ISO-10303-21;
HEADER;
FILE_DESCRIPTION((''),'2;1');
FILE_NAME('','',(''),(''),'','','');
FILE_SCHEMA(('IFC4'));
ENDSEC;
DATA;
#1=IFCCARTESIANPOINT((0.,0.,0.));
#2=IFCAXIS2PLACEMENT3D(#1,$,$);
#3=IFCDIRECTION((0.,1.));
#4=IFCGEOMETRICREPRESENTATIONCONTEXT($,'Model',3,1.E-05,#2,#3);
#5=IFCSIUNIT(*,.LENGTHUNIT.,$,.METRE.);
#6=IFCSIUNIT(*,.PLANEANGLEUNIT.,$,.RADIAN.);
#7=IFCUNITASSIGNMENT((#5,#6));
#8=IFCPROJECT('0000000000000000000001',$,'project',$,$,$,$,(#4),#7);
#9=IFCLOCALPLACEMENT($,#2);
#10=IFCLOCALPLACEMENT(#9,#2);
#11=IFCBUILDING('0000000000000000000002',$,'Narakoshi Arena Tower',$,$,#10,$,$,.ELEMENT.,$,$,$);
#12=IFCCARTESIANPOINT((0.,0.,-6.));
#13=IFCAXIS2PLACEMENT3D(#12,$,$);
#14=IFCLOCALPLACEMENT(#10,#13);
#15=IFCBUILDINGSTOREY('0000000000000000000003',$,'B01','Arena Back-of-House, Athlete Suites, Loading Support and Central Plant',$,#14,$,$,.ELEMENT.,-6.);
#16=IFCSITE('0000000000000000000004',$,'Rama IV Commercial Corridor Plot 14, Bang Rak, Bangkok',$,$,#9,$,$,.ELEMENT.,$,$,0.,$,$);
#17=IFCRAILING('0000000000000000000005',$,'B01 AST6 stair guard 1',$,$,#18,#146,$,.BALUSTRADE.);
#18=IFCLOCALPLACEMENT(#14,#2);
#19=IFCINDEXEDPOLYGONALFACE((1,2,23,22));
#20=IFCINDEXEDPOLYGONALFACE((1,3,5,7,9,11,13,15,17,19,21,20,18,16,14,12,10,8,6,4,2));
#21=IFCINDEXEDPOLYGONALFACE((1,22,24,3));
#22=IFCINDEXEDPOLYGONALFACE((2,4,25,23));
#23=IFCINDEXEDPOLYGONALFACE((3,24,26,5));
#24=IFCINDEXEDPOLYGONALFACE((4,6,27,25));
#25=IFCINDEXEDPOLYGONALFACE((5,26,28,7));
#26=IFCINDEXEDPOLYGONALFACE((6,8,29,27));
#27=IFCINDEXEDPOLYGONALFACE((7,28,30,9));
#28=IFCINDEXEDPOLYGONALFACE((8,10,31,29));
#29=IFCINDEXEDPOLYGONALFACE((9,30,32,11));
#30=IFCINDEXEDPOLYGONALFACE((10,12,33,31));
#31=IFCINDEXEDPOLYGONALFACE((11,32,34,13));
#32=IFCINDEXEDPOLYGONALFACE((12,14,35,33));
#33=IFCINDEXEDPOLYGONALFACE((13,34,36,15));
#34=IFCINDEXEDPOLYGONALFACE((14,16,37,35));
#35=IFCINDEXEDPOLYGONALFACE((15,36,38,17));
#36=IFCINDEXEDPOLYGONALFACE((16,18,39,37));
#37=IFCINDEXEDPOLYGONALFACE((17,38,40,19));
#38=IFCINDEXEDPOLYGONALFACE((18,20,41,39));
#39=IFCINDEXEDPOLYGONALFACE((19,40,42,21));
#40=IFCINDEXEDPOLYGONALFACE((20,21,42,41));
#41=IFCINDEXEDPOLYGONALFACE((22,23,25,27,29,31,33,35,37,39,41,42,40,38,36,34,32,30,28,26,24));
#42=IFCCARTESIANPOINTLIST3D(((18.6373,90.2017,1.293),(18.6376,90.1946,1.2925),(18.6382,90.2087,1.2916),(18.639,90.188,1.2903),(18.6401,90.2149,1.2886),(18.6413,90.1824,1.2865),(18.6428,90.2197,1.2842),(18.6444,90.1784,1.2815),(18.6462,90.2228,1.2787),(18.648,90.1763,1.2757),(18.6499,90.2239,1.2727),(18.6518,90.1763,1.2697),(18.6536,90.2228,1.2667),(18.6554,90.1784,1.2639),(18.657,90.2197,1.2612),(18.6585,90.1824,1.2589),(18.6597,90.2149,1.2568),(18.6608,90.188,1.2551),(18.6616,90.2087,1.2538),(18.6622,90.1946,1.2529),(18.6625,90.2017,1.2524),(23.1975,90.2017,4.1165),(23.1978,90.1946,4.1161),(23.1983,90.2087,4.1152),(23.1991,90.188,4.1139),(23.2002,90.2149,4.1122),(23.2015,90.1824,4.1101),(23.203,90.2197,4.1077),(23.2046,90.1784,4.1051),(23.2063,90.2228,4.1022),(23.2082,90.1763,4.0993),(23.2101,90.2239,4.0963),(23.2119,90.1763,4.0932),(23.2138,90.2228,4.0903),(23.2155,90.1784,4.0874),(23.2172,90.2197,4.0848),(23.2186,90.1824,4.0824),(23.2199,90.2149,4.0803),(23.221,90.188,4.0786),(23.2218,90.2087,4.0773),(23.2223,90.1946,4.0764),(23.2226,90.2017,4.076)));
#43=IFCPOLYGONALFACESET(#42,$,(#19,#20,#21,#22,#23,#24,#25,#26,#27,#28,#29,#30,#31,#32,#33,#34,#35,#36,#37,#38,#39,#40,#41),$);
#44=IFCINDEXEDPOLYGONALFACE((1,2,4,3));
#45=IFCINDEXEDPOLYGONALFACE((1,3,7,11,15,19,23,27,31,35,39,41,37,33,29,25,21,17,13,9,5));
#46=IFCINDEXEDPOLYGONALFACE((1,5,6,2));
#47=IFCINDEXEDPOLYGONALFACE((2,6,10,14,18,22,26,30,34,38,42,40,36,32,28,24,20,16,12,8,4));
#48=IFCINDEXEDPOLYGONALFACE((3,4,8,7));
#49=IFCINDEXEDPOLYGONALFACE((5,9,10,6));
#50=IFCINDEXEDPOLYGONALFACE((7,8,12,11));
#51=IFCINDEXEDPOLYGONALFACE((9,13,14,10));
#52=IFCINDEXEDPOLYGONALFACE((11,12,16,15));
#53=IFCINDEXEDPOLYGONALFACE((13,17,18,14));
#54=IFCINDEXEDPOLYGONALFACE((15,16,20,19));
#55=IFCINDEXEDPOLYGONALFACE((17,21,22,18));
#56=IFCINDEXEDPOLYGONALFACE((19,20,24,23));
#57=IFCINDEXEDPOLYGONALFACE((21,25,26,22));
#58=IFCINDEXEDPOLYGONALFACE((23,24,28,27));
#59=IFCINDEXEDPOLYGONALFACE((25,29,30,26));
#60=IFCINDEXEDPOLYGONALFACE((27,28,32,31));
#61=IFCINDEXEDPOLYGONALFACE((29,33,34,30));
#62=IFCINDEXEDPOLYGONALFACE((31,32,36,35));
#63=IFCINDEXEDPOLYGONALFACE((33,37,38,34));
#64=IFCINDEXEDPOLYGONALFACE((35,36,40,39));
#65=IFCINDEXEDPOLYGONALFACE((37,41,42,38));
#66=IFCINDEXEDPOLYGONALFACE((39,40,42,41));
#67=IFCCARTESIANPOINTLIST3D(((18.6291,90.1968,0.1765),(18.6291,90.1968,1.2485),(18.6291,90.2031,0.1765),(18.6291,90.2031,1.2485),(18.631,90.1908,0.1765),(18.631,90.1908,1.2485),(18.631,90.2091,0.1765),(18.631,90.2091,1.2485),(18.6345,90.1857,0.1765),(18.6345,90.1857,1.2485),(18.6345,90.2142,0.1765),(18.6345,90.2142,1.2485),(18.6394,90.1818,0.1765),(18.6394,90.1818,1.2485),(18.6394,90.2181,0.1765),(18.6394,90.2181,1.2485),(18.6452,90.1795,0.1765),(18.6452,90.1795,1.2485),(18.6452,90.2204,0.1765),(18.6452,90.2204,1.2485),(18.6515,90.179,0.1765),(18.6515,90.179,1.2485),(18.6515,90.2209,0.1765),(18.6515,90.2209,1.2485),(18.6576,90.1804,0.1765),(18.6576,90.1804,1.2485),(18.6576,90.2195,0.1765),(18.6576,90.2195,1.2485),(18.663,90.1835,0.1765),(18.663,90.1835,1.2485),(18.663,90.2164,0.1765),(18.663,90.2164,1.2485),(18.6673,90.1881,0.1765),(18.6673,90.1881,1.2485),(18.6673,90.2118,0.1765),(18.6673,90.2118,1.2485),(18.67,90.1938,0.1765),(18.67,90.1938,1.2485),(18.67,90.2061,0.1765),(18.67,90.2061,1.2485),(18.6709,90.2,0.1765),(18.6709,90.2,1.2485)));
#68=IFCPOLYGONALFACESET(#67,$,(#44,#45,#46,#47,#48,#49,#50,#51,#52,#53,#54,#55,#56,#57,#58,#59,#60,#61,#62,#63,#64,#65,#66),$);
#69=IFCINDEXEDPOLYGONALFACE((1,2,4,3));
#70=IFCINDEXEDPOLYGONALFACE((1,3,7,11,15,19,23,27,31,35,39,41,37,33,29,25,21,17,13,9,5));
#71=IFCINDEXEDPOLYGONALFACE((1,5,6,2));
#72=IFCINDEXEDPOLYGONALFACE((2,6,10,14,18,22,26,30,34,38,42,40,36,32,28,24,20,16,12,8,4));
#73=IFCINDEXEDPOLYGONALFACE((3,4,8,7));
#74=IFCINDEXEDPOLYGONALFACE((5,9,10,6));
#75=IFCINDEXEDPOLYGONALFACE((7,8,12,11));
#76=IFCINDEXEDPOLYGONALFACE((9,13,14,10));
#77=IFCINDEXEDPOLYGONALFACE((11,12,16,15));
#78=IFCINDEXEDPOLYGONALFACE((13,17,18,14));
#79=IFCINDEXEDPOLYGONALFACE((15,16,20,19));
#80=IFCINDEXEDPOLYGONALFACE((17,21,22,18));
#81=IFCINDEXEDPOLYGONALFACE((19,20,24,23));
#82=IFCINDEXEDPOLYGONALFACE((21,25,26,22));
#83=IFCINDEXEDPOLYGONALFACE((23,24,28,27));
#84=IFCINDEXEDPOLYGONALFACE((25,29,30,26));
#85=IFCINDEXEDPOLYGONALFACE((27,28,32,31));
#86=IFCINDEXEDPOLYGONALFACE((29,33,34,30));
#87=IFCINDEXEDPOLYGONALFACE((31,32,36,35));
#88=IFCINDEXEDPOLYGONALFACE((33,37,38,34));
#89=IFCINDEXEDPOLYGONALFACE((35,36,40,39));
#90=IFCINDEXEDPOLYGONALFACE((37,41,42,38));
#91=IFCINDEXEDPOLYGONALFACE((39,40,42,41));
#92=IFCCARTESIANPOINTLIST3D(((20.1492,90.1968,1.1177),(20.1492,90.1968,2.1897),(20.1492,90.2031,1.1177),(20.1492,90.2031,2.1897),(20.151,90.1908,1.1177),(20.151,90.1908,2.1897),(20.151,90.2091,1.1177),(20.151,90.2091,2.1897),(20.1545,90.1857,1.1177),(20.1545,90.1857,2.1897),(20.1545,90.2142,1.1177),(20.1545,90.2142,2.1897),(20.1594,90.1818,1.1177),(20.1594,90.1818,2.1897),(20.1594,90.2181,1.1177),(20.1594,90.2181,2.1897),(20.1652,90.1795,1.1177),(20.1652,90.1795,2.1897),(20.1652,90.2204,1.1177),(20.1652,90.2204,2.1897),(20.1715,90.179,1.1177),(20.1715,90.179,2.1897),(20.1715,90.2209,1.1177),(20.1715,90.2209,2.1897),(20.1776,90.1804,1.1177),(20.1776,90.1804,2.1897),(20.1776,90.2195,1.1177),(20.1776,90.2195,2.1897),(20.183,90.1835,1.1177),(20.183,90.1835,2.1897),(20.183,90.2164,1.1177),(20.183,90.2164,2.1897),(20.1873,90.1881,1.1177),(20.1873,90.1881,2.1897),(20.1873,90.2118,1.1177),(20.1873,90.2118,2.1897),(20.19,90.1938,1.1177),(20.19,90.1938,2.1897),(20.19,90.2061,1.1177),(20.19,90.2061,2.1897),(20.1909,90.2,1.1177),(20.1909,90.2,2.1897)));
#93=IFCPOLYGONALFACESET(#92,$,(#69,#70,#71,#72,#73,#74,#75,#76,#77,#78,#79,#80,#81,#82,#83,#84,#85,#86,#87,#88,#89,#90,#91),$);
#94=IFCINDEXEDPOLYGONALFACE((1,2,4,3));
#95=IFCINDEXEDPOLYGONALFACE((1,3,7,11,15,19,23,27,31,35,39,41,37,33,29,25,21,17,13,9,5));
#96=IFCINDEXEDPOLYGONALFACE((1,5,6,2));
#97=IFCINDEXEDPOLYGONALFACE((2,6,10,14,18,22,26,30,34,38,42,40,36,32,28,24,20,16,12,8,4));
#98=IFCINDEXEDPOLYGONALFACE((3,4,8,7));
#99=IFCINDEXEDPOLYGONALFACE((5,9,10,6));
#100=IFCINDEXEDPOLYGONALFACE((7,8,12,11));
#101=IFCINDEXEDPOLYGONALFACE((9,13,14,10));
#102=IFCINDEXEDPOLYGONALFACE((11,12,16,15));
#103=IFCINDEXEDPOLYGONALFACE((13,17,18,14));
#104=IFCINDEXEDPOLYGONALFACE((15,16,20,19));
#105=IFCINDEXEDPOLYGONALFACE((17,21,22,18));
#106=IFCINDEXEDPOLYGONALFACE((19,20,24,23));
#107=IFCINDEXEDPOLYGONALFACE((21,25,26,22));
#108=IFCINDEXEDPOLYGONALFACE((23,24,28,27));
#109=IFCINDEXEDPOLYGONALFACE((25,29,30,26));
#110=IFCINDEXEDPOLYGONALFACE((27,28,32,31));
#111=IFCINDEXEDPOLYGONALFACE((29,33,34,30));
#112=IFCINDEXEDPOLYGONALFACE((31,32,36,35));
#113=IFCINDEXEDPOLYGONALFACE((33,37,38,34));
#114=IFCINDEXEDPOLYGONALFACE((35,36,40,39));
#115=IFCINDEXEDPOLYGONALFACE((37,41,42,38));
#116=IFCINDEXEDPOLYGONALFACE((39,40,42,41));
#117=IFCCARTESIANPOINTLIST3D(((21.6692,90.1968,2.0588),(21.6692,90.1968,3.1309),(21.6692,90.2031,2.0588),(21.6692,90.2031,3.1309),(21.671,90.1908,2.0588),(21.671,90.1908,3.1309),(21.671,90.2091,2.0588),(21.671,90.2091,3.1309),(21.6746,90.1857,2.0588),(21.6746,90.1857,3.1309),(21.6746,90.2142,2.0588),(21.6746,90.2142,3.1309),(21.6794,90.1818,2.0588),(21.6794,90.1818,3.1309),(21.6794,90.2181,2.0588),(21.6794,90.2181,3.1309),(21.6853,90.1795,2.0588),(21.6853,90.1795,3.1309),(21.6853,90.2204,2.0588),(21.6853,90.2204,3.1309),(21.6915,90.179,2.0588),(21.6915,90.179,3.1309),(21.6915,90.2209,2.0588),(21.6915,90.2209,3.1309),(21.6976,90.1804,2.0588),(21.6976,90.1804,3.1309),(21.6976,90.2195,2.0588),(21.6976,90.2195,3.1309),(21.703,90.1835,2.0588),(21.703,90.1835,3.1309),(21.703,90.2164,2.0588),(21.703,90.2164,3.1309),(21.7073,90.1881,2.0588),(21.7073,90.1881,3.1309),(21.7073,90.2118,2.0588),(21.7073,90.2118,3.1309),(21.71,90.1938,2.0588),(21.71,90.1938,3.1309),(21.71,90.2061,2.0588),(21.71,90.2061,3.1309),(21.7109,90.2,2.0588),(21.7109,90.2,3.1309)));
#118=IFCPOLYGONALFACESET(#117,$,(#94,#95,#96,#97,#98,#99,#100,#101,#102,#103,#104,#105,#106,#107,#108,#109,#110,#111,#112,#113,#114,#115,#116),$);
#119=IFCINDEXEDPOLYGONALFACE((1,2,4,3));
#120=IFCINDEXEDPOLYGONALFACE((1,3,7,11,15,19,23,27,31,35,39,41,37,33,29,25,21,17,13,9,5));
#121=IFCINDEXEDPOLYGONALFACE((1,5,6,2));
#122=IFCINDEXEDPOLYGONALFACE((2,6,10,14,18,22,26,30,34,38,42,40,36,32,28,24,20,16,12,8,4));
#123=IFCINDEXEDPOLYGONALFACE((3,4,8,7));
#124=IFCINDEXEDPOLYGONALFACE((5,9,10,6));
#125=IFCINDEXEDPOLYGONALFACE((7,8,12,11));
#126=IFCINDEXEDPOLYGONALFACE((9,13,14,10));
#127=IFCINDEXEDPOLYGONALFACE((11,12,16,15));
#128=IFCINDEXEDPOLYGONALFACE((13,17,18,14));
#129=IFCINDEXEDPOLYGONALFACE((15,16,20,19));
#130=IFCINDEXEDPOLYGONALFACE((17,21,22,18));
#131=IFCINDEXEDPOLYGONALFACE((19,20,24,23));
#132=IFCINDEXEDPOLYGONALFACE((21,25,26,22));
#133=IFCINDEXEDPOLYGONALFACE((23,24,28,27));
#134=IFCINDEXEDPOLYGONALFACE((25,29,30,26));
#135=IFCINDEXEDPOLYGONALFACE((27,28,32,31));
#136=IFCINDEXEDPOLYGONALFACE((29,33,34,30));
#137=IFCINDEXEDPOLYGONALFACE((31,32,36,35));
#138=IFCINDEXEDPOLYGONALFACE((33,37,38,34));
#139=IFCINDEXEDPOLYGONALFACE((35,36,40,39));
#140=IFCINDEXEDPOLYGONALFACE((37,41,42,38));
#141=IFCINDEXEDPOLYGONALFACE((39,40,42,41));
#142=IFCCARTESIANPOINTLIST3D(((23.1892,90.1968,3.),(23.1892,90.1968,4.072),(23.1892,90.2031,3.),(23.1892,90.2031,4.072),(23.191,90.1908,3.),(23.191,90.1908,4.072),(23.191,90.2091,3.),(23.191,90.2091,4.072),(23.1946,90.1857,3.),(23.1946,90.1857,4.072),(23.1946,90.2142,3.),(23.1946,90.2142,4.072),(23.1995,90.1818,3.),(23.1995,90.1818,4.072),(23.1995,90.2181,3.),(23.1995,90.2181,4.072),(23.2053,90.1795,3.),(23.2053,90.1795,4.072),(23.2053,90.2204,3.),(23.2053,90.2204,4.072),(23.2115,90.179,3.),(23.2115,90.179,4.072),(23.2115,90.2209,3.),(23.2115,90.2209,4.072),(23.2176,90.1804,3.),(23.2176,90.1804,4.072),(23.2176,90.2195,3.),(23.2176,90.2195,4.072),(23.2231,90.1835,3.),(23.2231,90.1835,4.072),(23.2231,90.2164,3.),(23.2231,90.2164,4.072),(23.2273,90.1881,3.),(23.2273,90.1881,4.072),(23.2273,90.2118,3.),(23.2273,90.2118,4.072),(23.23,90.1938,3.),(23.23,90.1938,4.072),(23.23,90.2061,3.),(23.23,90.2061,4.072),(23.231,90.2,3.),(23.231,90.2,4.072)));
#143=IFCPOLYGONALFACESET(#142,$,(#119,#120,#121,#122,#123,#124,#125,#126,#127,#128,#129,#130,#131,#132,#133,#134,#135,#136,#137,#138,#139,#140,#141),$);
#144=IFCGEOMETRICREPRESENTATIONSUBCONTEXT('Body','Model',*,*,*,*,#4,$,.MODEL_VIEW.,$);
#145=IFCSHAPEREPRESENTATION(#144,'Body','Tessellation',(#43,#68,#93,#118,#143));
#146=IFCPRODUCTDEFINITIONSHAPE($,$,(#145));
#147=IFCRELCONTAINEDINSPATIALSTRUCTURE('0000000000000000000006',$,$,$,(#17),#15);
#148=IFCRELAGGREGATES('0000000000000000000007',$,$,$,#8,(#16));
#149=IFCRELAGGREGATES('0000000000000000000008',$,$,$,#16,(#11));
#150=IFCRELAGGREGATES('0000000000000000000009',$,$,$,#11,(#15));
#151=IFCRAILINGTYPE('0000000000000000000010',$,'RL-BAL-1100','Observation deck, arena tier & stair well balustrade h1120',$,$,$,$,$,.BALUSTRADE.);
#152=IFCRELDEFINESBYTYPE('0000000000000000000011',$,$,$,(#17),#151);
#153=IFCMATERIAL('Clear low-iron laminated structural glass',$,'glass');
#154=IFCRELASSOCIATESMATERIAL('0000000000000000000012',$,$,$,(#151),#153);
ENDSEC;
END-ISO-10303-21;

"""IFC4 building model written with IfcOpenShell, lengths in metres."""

from ifc_helpers import new_model, si_unit, direction, frame, origin, origin_2d, place, context, subcontext, project, spatial, circle, extrude, material, type_object, element, save


model = new_model("IFC4")

# Units and contexts
model_context = context("Model", 3, precision=1e-05, world=origin(), true_north=direction((0.0, 1.0)))
body_context = subcontext(model_context, "Body", "Model", "MODEL_VIEW")
ifc_project = project(units=[si_unit("LENGTHUNIT", "METRE"), si_unit("PLANEANGLEUNIT", "RADIAN")], contexts=[model_context])

# Site, building, storey
site_placement = place(None, origin())
site = spatial("IfcSite", under=ifc_project, at=site_placement, Name="Rama IV Commercial Corridor Plot 14, Bang Rak, Bangkok", CompositionType="ELEMENT", RefElevation=0.0)
building_placement = place(site_placement, origin())
building = spatial("IfcBuilding", under=site, at=building_placement, Name="Narakoshi Arena Tower", CompositionType="ELEMENT")
storey_placement = place(building_placement, frame((0.0, 0.0, -6.0)))
storey = spatial("IfcBuildingStorey", under=building, at=storey_placement, Name="B01", Description="Arena Back-of-House, Athlete Suites, Loading Support and Central Plant", CompositionType="ELEMENT", Elevation=-6.0)

# Railing
ifc_material_1 = material(Name="Clear low-iron laminated structural glass", Category="glass")
railing_type_1 = type_object("IfcRailingType", Name="RL-BAL-1100", Description="Observation deck, arena tier & stair well balustrade h1120", PredefinedType="BALUSTRADE", material=ifc_material_1)
railing_1_placement = place(storey_placement, frame((18.6499, 90.2, 0.1765)))
element("IfcRailing", 1, at=railing_1_placement, inside=storey, type_object=railing_type_1, Name="B01 AST6 stair guard 1", PredefinedType="BALUSTRADE", context=body_context, shape_type="SweptSolid", body=[
    extrude(circle(Radius=0.0239, at=origin_2d()), frame((0.0, 0.0, 1.0962), z_axis=(0.850216, 0.0, 0.526435), x_axis=(0.0, 1.0, 0.0)), (0.0, 0.0, 1.0), 5.3635),
    extrude(circle(Radius=0.021, at=origin_2d()), origin(), (0.0, 0.0, 1.0), 1.072),
    extrude(circle(Radius=0.021, at=origin_2d()), frame((1.52, 0.0, 0.9412)), (0.0, 0.0, 1.0), 1.072),
    extrude(circle(Radius=0.021, at=origin_2d()), frame((3.04, 0.0, 1.8823)), (0.0, 0.0, 1.0), 1.072),
    extrude(circle(Radius=0.021, at=origin_2d()), frame((4.5601, 0.0, 2.8235)), (0.0, 0.0, 1.0), 1.072),
])

save(model, "model.ifc")
